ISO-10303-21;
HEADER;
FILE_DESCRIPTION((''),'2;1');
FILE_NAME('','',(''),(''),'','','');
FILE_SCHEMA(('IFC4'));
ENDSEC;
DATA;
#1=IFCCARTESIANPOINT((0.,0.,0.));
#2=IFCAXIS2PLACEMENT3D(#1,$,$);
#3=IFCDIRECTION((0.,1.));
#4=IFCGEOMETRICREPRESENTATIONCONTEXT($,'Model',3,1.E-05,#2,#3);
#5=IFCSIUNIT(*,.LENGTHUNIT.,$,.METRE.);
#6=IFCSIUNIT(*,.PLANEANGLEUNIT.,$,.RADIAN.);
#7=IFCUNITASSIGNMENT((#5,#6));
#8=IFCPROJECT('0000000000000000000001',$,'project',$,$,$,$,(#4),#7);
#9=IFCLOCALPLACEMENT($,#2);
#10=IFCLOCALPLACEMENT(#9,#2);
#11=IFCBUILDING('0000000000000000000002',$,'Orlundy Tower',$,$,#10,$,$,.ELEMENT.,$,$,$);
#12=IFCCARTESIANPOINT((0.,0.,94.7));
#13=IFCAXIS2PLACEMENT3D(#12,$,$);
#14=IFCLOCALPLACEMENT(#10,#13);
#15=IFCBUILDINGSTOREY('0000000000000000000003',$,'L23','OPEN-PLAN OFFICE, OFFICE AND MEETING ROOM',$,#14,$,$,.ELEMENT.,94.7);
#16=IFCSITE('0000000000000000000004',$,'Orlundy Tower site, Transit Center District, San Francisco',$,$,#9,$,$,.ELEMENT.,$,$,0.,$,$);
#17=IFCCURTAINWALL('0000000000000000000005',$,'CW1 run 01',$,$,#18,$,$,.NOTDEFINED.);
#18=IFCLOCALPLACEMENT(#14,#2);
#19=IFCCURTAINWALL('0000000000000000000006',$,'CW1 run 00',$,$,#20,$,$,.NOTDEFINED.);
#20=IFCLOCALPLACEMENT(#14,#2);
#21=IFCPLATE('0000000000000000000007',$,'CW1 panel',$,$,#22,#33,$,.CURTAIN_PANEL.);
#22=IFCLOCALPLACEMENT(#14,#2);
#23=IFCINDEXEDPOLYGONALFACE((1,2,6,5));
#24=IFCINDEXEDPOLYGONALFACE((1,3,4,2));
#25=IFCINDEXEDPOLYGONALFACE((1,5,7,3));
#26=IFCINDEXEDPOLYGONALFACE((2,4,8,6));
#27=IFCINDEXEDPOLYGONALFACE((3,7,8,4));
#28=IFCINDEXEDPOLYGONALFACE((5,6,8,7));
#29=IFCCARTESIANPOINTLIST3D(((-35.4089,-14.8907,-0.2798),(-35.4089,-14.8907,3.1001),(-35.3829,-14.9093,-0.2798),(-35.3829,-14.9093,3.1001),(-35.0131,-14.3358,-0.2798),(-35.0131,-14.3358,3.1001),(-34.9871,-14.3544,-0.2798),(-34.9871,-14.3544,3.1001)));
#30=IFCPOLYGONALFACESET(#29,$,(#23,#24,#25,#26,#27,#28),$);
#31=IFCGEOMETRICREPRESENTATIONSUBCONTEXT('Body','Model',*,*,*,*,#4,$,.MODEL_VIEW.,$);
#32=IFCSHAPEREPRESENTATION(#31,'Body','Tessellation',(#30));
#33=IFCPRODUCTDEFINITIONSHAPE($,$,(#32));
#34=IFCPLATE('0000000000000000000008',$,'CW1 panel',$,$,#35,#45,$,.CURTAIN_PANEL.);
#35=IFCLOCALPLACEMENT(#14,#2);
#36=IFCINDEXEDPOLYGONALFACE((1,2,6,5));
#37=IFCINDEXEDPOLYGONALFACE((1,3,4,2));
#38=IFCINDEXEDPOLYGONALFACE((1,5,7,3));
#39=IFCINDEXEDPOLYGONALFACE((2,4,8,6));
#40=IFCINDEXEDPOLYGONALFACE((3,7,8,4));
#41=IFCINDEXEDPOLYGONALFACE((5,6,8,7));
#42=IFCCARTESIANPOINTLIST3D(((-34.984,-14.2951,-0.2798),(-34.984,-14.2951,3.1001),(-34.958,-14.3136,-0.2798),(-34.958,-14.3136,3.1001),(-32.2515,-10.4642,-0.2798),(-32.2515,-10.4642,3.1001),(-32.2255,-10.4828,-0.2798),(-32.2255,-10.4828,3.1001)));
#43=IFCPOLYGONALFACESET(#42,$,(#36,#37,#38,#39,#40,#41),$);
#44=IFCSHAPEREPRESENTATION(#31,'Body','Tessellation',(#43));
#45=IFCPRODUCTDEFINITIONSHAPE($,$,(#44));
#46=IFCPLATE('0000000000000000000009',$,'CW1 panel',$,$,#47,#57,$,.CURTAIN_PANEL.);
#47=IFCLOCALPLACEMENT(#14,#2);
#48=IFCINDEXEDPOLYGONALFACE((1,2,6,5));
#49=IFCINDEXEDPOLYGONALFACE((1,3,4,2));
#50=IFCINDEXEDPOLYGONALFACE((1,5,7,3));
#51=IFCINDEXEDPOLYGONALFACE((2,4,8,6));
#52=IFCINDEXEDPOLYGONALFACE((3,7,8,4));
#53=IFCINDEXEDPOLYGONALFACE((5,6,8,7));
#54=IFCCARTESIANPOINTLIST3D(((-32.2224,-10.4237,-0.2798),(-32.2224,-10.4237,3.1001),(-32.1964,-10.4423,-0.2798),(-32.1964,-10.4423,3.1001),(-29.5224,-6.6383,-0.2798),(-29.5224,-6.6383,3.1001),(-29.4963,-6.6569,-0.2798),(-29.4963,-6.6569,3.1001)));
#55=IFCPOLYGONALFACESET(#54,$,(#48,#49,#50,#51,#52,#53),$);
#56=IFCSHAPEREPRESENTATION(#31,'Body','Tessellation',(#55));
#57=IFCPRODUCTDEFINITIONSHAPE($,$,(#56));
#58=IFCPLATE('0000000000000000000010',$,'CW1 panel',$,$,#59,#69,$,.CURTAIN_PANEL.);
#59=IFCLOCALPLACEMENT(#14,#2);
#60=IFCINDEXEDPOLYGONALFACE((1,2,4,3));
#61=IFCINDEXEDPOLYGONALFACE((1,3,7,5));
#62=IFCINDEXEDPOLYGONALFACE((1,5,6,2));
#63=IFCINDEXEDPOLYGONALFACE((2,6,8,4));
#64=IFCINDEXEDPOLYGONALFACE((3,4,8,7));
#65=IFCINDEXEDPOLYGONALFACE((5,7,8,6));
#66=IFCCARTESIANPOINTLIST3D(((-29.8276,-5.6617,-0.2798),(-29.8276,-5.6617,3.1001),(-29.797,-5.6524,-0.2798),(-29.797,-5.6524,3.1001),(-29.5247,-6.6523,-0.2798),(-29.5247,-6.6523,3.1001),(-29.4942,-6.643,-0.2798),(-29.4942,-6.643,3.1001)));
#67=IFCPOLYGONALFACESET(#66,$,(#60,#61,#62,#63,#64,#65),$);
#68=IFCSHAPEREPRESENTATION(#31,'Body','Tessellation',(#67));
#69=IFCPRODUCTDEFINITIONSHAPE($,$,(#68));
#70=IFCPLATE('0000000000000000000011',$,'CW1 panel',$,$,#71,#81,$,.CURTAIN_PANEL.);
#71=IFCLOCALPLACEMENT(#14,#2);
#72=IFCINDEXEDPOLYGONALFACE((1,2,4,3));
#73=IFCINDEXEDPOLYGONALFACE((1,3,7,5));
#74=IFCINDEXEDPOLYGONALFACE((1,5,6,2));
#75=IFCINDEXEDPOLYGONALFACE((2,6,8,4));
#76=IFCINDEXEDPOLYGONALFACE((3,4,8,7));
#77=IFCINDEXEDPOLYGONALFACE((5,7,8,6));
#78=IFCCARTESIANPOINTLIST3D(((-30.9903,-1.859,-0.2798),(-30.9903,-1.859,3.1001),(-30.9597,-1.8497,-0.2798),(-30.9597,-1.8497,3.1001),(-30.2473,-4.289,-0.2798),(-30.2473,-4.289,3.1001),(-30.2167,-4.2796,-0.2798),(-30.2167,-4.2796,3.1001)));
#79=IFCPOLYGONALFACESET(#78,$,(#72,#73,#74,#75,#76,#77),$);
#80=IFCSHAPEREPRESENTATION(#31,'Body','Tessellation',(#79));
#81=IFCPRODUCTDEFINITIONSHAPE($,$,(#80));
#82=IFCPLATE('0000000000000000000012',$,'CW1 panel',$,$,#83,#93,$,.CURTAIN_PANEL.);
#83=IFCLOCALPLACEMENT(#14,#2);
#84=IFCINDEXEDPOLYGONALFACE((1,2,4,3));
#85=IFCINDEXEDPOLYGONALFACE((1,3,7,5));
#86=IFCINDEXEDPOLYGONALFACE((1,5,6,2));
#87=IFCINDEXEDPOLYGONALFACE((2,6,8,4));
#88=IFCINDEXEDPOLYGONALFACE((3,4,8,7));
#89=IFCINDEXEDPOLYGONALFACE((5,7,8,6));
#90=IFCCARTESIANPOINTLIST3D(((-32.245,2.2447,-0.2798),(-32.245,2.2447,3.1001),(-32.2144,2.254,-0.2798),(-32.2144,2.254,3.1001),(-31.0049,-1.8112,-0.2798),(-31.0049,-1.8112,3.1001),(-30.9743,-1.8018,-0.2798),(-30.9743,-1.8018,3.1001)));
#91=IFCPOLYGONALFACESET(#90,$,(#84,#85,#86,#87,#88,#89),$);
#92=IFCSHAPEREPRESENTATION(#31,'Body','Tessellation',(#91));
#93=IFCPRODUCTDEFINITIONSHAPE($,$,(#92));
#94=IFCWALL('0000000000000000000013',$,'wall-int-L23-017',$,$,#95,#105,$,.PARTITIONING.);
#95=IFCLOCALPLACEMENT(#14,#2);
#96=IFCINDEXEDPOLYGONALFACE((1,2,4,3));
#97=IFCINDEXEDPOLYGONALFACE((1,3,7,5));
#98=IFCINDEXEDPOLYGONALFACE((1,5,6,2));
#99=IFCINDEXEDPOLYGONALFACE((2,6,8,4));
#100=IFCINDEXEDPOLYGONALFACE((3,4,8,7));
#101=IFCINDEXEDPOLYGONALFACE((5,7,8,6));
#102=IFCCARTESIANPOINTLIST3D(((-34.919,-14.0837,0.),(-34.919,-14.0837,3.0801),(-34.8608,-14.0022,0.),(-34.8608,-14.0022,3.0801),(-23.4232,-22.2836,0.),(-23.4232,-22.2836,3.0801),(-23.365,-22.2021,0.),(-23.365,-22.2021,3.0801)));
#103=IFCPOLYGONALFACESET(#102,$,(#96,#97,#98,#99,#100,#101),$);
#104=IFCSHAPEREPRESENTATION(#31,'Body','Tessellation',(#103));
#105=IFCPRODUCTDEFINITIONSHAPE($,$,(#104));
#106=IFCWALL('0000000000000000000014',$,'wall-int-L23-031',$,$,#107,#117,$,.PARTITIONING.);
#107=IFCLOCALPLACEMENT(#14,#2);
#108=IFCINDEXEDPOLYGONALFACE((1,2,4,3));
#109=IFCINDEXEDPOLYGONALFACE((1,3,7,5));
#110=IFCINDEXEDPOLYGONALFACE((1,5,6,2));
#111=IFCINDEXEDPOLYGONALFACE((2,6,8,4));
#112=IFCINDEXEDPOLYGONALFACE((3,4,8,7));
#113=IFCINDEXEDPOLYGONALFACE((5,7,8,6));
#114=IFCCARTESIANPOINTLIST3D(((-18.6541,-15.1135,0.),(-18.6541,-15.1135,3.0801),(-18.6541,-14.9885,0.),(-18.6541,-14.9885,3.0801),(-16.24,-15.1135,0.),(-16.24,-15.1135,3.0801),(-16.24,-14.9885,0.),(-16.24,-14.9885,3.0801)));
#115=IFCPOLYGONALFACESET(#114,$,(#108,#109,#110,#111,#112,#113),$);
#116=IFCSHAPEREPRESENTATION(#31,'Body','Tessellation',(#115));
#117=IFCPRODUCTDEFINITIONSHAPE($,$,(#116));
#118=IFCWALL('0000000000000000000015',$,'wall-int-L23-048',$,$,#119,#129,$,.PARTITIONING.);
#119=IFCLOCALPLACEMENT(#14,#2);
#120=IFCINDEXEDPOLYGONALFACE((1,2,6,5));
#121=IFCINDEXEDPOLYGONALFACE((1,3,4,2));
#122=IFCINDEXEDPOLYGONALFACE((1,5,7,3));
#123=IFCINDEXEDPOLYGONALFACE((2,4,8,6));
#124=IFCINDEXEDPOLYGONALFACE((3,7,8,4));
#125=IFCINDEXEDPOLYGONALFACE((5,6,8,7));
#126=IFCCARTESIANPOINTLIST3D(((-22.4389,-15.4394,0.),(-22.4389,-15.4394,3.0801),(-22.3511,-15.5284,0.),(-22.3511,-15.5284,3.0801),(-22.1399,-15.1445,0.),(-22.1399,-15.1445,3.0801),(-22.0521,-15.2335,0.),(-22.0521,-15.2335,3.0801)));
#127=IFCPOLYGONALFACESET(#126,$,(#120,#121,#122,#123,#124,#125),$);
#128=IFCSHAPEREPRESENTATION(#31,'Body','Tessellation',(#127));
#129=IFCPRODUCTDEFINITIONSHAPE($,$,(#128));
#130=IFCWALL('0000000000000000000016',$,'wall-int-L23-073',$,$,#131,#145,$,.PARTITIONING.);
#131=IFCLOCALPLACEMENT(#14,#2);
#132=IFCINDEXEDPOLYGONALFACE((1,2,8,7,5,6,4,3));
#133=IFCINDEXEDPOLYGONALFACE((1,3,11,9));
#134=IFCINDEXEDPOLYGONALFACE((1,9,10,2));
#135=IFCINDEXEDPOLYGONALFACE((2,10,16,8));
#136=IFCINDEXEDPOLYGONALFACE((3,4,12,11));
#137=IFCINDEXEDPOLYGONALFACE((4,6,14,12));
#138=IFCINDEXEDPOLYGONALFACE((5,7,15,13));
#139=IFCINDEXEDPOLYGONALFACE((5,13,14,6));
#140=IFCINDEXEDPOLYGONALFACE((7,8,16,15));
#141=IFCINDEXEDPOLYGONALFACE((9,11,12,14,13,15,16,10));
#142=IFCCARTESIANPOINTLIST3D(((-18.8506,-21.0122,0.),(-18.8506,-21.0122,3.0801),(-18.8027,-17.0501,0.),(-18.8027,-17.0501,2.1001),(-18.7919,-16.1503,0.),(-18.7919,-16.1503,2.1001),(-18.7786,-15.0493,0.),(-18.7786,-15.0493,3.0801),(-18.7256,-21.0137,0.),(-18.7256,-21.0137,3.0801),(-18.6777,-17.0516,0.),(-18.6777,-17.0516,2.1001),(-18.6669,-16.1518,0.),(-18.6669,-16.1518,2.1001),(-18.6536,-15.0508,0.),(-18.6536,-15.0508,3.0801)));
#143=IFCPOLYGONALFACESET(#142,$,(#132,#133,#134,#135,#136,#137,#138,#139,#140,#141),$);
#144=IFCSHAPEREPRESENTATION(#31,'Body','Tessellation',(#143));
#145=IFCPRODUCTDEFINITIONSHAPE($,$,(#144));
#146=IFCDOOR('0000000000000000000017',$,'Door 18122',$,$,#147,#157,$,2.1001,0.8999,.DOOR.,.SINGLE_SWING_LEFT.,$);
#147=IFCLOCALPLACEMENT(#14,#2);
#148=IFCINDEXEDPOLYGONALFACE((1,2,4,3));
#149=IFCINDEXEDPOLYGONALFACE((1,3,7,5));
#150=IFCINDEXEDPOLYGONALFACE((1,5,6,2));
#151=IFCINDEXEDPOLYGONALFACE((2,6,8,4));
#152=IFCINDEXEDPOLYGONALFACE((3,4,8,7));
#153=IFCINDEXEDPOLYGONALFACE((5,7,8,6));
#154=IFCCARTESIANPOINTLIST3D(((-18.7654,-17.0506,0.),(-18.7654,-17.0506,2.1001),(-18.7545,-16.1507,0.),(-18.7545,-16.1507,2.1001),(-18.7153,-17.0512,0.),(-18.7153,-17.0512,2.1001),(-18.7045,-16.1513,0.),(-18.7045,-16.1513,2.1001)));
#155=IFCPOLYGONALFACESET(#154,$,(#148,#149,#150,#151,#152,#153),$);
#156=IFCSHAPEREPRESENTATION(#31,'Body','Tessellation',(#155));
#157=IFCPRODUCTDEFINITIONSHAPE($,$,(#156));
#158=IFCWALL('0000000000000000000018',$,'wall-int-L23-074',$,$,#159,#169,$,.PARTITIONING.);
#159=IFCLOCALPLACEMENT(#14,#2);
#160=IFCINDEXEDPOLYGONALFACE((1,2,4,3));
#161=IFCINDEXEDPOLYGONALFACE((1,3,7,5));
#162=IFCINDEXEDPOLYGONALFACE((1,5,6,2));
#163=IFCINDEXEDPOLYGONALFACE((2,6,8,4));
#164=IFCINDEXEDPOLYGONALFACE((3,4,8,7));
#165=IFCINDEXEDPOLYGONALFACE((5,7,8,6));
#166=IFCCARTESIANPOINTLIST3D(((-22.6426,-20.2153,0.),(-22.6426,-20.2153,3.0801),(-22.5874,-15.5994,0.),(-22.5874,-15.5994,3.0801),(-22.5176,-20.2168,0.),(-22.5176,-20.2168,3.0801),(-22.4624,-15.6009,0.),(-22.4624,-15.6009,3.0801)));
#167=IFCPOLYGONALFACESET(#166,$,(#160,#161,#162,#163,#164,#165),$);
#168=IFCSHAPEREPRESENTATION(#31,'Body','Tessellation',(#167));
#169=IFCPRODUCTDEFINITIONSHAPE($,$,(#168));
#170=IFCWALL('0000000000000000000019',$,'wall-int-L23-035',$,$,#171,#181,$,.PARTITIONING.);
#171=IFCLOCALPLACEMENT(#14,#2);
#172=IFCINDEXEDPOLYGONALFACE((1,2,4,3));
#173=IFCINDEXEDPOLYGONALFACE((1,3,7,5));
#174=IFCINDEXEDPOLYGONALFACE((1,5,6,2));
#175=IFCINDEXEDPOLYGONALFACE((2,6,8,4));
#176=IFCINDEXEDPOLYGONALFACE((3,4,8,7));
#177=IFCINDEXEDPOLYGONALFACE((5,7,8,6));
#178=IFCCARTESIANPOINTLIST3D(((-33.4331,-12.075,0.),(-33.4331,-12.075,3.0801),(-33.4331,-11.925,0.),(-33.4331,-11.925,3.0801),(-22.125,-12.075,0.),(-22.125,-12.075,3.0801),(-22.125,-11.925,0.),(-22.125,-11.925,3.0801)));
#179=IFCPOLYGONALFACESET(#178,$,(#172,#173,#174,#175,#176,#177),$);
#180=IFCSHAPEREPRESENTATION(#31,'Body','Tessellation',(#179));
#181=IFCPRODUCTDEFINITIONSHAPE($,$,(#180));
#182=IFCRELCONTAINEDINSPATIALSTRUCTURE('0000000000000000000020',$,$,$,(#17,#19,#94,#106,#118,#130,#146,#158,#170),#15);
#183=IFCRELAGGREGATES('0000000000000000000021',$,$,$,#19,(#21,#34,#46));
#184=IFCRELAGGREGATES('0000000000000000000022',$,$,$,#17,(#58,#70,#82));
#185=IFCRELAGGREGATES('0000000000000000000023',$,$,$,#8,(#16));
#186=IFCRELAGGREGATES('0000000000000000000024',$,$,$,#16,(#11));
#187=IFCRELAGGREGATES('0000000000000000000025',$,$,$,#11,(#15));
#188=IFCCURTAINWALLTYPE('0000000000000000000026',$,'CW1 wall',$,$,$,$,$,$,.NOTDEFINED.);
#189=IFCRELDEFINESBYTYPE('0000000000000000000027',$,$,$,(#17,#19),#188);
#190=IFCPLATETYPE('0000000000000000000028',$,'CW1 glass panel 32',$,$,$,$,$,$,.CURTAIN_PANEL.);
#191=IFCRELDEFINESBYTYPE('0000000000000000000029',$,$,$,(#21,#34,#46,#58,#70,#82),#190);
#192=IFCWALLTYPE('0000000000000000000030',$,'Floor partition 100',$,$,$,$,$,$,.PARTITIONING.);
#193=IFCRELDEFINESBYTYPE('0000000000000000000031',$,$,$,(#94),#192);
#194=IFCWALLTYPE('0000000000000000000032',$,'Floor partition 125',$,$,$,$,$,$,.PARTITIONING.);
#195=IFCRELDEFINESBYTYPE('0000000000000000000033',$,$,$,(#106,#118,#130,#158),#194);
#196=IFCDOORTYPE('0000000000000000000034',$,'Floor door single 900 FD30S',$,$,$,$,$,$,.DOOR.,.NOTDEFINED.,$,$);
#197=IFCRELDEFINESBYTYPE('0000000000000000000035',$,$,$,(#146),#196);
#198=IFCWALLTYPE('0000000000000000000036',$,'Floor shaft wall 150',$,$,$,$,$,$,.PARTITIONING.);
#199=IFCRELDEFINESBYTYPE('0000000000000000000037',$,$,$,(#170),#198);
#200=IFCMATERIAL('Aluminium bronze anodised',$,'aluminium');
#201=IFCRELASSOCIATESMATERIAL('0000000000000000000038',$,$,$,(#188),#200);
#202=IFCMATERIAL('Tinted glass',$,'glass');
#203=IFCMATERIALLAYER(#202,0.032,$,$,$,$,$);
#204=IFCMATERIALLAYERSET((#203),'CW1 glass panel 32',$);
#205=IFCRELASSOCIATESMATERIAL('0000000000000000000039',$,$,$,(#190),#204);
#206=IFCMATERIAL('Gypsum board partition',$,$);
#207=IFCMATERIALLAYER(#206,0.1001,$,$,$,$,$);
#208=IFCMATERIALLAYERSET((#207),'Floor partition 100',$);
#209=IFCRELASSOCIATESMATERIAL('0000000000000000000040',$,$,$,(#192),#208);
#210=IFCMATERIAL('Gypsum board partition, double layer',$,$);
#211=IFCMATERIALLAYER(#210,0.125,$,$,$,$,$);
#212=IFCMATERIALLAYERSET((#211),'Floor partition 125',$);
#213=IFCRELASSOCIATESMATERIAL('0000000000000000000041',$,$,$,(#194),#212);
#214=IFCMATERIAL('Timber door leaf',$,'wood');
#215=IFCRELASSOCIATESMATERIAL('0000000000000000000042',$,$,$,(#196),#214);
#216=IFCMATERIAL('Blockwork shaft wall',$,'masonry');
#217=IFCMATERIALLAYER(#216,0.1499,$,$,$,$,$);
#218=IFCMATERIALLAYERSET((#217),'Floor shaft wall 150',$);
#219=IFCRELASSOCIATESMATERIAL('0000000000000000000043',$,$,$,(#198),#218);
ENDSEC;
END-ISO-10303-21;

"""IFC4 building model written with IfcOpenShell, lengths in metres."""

from ifc_helpers import new_model, si_unit, direction, frame, frame_2d, origin, origin_2d, place, context, subcontext, project, spatial, rectangle, extrude, material, layer, layer_set, type_object, element, fill, aggregate, save


model = new_model("IFC4")

# Units and contexts
model_context = context("Model", 3, precision=1e-05, world=origin(), true_north=direction((0.0, 1.0)))
body_context = subcontext(model_context, "Body", "Model", "MODEL_VIEW")
ifc_project = project(units=[si_unit("LENGTHUNIT", "METRE"), si_unit("PLANEANGLEUNIT", "RADIAN")], contexts=[model_context])

# Site, building, storey
site_placement = place(None, origin())
site = spatial("IfcSite", under=ifc_project, at=site_placement, Name="Orlundy Tower site, Transit Center District, San Francisco", CompositionType="ELEMENT", RefElevation=0.0)
building_placement = place(site_placement, origin())
building = spatial("IfcBuilding", under=site, at=building_placement, Name="Orlundy Tower", CompositionType="ELEMENT")
storey_placement = place(building_placement, frame((0.0, 0.0, 94.7)))
storey = spatial("IfcBuildingStorey", under=building, at=storey_placement, Name="L23", Description="OPEN-PLAN OFFICE, OFFICE AND MEETING ROOM", CompositionType="ELEMENT", Elevation=94.7)

# Curtain wall
ifc_material_1 = material(Name="Aluminium bronze anodised", Category="aluminium")
curtain_wall_type = type_object("IfcCurtainWallType", Name="CW1 wall", PredefinedType="NOTDEFINED", material=ifc_material_1)
curtain_wall_1_placement = place(storey_placement, origin())
curtain_wall_1 = element("IfcCurtainWall", 1, at=curtain_wall_1_placement, inside=storey, type_object=curtain_wall_type, Name="CW1 run 01", PredefinedType="NOTDEFINED")

# Curtain wall
curtain_wall_2_placement = place(storey_placement, origin())
curtain_wall_2 = element("IfcCurtainWall", 2, at=curtain_wall_2_placement, inside=storey, type_object=curtain_wall_type, Name="CW1 run 00", PredefinedType="NOTDEFINED")

# Plates
ifc_material_2 = material(Name="Tinted glass", Category="glass")
ifc_layer_1 = layer(ifc_material_2, 0.032)
ifc_layer_set_1 = layer_set([ifc_layer_1], Name="CW1 glass panel 32")
plate_type = type_object("IfcPlateType", Name="CW1 glass panel 32", PredefinedType="CURTAIN_PANEL", material=ifc_layer_set_1)
plate_1_placement = place(storey_placement, frame((-35.198, -14.6226, -0.2798), z_axis=(0.0, 0.0, 1.0), x_axis=(0.580701, 0.814117, 0.0)))
plate_1 = element("IfcPlate", 3, at=plate_1_placement, type_object=plate_type, Name="CW1 panel", PredefinedType="CURTAIN_PANEL", context=body_context, shape_type="SweptSolid", body=[
    extrude(rectangle(XDim=0.6816, YDim=0.032, at=origin_2d()), origin(), (0.0, 0.0, 1.0), 3.3799),
])
plate_2_placement = place(storey_placement, frame((-33.6047, -12.3889, -0.2798), z_axis=(0.0, 0.0, 1.0), x_axis=(0.580701, 0.814117, 0.0)))
plate_2 = element("IfcPlate", 4, at=plate_2_placement, type_object=plate_type, Name="CW1 panel", PredefinedType="CURTAIN_PANEL", context=body_context, shape_type="SweptSolid", body=[
    extrude(rectangle(XDim=4.7056, YDim=0.032, at=origin_2d()), origin(), (0.0, 0.0, 1.0), 3.3799),
])
plate_3_placement = place(storey_placement, frame((-30.8594, -8.5403, -0.2798), z_axis=(0.0, 0.0, 1.0), x_axis=(0.580701, 0.814117, 0.0)))
plate_3 = element("IfcPlate", 5, at=plate_3_placement, type_object=plate_type, Name="CW1 panel", PredefinedType="CURTAIN_PANEL", context=body_context, shape_type="SweptSolid", body=[
    extrude(rectangle(XDim=4.6497, YDim=0.032, at=origin_2d()), origin(), (0.0, 0.0, 1.0), 3.3799),
])
aggregate(curtain_wall_2, [plate_1, plate_2, plate_3])
plate_4_placement = place(storey_placement, frame((-29.6609, -6.1523, -0.2798), z_axis=(0.0, 0.0, 1.0), x_axis=(-0.29239, 0.956299, 0.0)))
plate_4 = element("IfcPlate", 6, at=plate_4_placement, type_object=plate_type, Name="CW1 panel", PredefinedType="CURTAIN_PANEL", context=body_context, shape_type="SweptSolid", body=[
    extrude(rectangle(XDim=1.0359, YDim=0.032, at=origin_2d()), origin(), (0.0, 0.0, 1.0), 3.3799),
])
plate_5_placement = place(storey_placement, frame((-30.6035, -3.0693, -0.2798), z_axis=(0.0, 0.0, 1.0), x_axis=(-0.29239, 0.956299, 0.0)))
plate_5 = element("IfcPlate", 7, at=plate_5_placement, type_object=plate_type, Name="CW1 panel", PredefinedType="CURTAIN_PANEL", context=body_context, shape_type="SweptSolid", body=[
    extrude(rectangle(XDim=2.541, YDim=0.032, at=origin_2d()), origin(), (0.0, 0.0, 1.0), 3.3799),
])
plate_6_placement = place(storey_placement, frame((-31.6096, 0.2214, -0.2798), z_axis=(0.0, 0.0, 1.0), x_axis=(-0.29239, 0.956299, 0.0)))
plate_6 = element("IfcPlate", 8, at=plate_6_placement, type_object=plate_type, Name="CW1 panel", PredefinedType="CURTAIN_PANEL", context=body_context, shape_type="SweptSolid", body=[
    extrude(rectangle(XDim=4.2412, YDim=0.032, at=origin_2d()), origin(), (0.0, 0.0, 1.0), 3.3799),
])
aggregate(curtain_wall_1, [plate_4, plate_5, plate_6])

# Walls
ifc_material_3 = material(Name="Gypsum board partition")
ifc_layer_2 = layer(ifc_material_3, 0.1001)
ifc_layer_set_2 = layer_set([ifc_layer_2], Name="Floor partition 100")
wall_type_1 = type_object("IfcWallType", Name="Floor partition 100", PredefinedType="PARTITIONING", material=ifc_layer_set_2)
wall_1_placement = place(storey_placement, frame((-34.8899, -14.043, 0.0), z_axis=(0.0, 0.0, 1.0), x_axis=(0.814114, -0.580705, 0.0)))
element("IfcWall", 9, at=wall_1_placement, inside=storey, type_object=wall_type_1, Name="wall-int-L23-017", PredefinedType="PARTITIONING", context=body_context, shape_type="SweptSolid", body=[
    extrude(rectangle(XDim=14.1206, YDim=0.1001, at=frame_2d((7.0603, 0.0))), origin(), (0.0, 0.0, 1.0), 3.0801),
])
ifc_material_4 = material(Name="Gypsum board partition, double layer")
ifc_layer_3 = layer(ifc_material_4, 0.125)
ifc_layer_set_3 = layer_set([ifc_layer_3], Name="Floor partition 125")
wall_type_2 = type_object("IfcWallType", Name="Floor partition 125", PredefinedType="PARTITIONING", material=ifc_layer_set_3)
wall_2_placement = place(storey_placement, frame((-18.6541, -15.051, 0.0), z_axis=(0.0, 0.0, 1.0), x_axis=(1.0, 0.0, 0.0)))
element("IfcWall", 10, at=wall_2_placement, inside=storey, type_object=wall_type_2, Name="wall-int-L23-031", PredefinedType="PARTITIONING", context=body_context, shape_type="SweptSolid", body=[
    extrude(rectangle(XDim=2.4141, YDim=0.125, at=frame_2d((1.207, 0.0))), origin(), (0.0, 0.0, 1.0), 3.0801),
])
wall_3_placement = place(storey_placement, frame((-22.395, -15.4839, 0.0), z_axis=(0.0, 0.0, 1.0), x_axis=(0.71203, 0.702149, 0.0)))
element("IfcWall", 11, at=wall_3_placement, inside=storey, type_object=wall_type_2, Name="wall-int-L23-048", PredefinedType="PARTITIONING", context=body_context, shape_type="SweptSolid", body=[
    extrude(rectangle(XDim=0.4199, YDim=0.125, at=frame_2d((0.21, 0.0))), origin(), (0.0, 0.0, 1.0), 3.0801),
])

# Wall, opening, door
wall_4_placement = place(storey_placement, frame((-18.7161, -15.05, 0.0), z_axis=(0.0, 0.0, 1.0), x_axis=(-0.012077, -0.999927, 0.0)))
wall_4 = element("IfcWall", 12, at=wall_4_placement, inside=storey, type_object=wall_type_2, Name="wall-int-L23-073", PredefinedType="PARTITIONING", context=body_context, shape_type="SweptSolid", body=[
    extrude(rectangle(XDim=5.9634, YDim=0.125, at=frame_2d((2.9817, 0.0))), origin(), (0.0, 0.0, 1.0), 3.0801),
])
opening_1_placement = place(wall_4_placement, frame((1.1011, 0.0, 0.0)))
opening_1 = element("IfcOpeningElement", 13, at=opening_1_placement, cuts=wall_4, PredefinedType="OPENING", context=body_context, shape_type="SweptSolid", body=[
    extrude(rectangle(XDim=0.8999, YDim=2.1001, at=frame_2d((0.45, 1.05))), frame((0.0, 0.0725, 0.0), z_axis=(0.0, -1.0, 0.0), x_axis=(1.0, 0.0, 0.0)), (0.0, 0.0, 1.0), 0.145),
])
ifc_material_5 = material(Name="Timber door leaf", Category="wood")
door_type_1 = type_object("IfcDoorType", Name="Floor door single 900 FD30S", OperationType="NOTDEFINED", PredefinedType="DOOR", material=ifc_material_5)
door_1_placement = place(opening_1_placement, origin())
door_1 = element("IfcDoor", 14, at=door_1_placement, inside=storey, type_object=door_type_1, Name="Door 18122", OperationType="SINGLE_SWING_LEFT", OverallHeight=2.1001, OverallWidth=0.8999, PredefinedType="DOOR", context=body_context, shape_type="SweptSolid", body=[
    extrude(rectangle(XDim=0.8999, YDim=2.1001, at=frame_2d((0.45, 1.05))), frame((0.0, 0.0249, 0.0), z_axis=(0.0, -1.0, 0.0), x_axis=(1.0, 0.0, 0.0)), (0.0, 0.0, 1.0), 0.05),
])
fill(opening_1, door_1)

# Walls
wall_5_placement = place(storey_placement, frame((-22.5801, -20.2161, 0.0), z_axis=(0.0, 0.0, 1.0), x_axis=(0.011952, 0.999929, 0.0)))
element("IfcWall", 15, at=wall_5_placement, inside=storey, type_object=wall_type_2, Name="wall-int-L23-074", PredefinedType="PARTITIONING", context=body_context, shape_type="SweptSolid", body=[
    extrude(rectangle(XDim=4.6162, YDim=0.125, at=frame_2d((2.3081, 0.0))), origin(), (0.0, 0.0, 1.0), 3.0801),
])
ifc_material_6 = material(Name="Blockwork shaft wall", Category="masonry")
ifc_layer_4 = layer(ifc_material_6, 0.1499)
ifc_layer_set_4 = layer_set([ifc_layer_4], Name="Floor shaft wall 150")
wall_type_3 = type_object("IfcWallType", Name="Floor shaft wall 150", PredefinedType="PARTITIONING", material=ifc_layer_set_4)
wall_6_placement = place(storey_placement, frame((-33.4331, -12.0, 0.0), z_axis=(0.0, 0.0, 1.0), x_axis=(1.0, 0.0, 0.0)))
element("IfcWall", 16, at=wall_6_placement, inside=storey, type_object=wall_type_3, Name="wall-int-L23-035", PredefinedType="PARTITIONING", context=body_context, shape_type="SweptSolid", body=[
    extrude(rectangle(XDim=11.3081, YDim=0.1499, at=frame_2d((5.6541, 0.0))), origin(), (0.0, 0.0, 1.0), 3.0801),
])

save(model, "model.ifc")
